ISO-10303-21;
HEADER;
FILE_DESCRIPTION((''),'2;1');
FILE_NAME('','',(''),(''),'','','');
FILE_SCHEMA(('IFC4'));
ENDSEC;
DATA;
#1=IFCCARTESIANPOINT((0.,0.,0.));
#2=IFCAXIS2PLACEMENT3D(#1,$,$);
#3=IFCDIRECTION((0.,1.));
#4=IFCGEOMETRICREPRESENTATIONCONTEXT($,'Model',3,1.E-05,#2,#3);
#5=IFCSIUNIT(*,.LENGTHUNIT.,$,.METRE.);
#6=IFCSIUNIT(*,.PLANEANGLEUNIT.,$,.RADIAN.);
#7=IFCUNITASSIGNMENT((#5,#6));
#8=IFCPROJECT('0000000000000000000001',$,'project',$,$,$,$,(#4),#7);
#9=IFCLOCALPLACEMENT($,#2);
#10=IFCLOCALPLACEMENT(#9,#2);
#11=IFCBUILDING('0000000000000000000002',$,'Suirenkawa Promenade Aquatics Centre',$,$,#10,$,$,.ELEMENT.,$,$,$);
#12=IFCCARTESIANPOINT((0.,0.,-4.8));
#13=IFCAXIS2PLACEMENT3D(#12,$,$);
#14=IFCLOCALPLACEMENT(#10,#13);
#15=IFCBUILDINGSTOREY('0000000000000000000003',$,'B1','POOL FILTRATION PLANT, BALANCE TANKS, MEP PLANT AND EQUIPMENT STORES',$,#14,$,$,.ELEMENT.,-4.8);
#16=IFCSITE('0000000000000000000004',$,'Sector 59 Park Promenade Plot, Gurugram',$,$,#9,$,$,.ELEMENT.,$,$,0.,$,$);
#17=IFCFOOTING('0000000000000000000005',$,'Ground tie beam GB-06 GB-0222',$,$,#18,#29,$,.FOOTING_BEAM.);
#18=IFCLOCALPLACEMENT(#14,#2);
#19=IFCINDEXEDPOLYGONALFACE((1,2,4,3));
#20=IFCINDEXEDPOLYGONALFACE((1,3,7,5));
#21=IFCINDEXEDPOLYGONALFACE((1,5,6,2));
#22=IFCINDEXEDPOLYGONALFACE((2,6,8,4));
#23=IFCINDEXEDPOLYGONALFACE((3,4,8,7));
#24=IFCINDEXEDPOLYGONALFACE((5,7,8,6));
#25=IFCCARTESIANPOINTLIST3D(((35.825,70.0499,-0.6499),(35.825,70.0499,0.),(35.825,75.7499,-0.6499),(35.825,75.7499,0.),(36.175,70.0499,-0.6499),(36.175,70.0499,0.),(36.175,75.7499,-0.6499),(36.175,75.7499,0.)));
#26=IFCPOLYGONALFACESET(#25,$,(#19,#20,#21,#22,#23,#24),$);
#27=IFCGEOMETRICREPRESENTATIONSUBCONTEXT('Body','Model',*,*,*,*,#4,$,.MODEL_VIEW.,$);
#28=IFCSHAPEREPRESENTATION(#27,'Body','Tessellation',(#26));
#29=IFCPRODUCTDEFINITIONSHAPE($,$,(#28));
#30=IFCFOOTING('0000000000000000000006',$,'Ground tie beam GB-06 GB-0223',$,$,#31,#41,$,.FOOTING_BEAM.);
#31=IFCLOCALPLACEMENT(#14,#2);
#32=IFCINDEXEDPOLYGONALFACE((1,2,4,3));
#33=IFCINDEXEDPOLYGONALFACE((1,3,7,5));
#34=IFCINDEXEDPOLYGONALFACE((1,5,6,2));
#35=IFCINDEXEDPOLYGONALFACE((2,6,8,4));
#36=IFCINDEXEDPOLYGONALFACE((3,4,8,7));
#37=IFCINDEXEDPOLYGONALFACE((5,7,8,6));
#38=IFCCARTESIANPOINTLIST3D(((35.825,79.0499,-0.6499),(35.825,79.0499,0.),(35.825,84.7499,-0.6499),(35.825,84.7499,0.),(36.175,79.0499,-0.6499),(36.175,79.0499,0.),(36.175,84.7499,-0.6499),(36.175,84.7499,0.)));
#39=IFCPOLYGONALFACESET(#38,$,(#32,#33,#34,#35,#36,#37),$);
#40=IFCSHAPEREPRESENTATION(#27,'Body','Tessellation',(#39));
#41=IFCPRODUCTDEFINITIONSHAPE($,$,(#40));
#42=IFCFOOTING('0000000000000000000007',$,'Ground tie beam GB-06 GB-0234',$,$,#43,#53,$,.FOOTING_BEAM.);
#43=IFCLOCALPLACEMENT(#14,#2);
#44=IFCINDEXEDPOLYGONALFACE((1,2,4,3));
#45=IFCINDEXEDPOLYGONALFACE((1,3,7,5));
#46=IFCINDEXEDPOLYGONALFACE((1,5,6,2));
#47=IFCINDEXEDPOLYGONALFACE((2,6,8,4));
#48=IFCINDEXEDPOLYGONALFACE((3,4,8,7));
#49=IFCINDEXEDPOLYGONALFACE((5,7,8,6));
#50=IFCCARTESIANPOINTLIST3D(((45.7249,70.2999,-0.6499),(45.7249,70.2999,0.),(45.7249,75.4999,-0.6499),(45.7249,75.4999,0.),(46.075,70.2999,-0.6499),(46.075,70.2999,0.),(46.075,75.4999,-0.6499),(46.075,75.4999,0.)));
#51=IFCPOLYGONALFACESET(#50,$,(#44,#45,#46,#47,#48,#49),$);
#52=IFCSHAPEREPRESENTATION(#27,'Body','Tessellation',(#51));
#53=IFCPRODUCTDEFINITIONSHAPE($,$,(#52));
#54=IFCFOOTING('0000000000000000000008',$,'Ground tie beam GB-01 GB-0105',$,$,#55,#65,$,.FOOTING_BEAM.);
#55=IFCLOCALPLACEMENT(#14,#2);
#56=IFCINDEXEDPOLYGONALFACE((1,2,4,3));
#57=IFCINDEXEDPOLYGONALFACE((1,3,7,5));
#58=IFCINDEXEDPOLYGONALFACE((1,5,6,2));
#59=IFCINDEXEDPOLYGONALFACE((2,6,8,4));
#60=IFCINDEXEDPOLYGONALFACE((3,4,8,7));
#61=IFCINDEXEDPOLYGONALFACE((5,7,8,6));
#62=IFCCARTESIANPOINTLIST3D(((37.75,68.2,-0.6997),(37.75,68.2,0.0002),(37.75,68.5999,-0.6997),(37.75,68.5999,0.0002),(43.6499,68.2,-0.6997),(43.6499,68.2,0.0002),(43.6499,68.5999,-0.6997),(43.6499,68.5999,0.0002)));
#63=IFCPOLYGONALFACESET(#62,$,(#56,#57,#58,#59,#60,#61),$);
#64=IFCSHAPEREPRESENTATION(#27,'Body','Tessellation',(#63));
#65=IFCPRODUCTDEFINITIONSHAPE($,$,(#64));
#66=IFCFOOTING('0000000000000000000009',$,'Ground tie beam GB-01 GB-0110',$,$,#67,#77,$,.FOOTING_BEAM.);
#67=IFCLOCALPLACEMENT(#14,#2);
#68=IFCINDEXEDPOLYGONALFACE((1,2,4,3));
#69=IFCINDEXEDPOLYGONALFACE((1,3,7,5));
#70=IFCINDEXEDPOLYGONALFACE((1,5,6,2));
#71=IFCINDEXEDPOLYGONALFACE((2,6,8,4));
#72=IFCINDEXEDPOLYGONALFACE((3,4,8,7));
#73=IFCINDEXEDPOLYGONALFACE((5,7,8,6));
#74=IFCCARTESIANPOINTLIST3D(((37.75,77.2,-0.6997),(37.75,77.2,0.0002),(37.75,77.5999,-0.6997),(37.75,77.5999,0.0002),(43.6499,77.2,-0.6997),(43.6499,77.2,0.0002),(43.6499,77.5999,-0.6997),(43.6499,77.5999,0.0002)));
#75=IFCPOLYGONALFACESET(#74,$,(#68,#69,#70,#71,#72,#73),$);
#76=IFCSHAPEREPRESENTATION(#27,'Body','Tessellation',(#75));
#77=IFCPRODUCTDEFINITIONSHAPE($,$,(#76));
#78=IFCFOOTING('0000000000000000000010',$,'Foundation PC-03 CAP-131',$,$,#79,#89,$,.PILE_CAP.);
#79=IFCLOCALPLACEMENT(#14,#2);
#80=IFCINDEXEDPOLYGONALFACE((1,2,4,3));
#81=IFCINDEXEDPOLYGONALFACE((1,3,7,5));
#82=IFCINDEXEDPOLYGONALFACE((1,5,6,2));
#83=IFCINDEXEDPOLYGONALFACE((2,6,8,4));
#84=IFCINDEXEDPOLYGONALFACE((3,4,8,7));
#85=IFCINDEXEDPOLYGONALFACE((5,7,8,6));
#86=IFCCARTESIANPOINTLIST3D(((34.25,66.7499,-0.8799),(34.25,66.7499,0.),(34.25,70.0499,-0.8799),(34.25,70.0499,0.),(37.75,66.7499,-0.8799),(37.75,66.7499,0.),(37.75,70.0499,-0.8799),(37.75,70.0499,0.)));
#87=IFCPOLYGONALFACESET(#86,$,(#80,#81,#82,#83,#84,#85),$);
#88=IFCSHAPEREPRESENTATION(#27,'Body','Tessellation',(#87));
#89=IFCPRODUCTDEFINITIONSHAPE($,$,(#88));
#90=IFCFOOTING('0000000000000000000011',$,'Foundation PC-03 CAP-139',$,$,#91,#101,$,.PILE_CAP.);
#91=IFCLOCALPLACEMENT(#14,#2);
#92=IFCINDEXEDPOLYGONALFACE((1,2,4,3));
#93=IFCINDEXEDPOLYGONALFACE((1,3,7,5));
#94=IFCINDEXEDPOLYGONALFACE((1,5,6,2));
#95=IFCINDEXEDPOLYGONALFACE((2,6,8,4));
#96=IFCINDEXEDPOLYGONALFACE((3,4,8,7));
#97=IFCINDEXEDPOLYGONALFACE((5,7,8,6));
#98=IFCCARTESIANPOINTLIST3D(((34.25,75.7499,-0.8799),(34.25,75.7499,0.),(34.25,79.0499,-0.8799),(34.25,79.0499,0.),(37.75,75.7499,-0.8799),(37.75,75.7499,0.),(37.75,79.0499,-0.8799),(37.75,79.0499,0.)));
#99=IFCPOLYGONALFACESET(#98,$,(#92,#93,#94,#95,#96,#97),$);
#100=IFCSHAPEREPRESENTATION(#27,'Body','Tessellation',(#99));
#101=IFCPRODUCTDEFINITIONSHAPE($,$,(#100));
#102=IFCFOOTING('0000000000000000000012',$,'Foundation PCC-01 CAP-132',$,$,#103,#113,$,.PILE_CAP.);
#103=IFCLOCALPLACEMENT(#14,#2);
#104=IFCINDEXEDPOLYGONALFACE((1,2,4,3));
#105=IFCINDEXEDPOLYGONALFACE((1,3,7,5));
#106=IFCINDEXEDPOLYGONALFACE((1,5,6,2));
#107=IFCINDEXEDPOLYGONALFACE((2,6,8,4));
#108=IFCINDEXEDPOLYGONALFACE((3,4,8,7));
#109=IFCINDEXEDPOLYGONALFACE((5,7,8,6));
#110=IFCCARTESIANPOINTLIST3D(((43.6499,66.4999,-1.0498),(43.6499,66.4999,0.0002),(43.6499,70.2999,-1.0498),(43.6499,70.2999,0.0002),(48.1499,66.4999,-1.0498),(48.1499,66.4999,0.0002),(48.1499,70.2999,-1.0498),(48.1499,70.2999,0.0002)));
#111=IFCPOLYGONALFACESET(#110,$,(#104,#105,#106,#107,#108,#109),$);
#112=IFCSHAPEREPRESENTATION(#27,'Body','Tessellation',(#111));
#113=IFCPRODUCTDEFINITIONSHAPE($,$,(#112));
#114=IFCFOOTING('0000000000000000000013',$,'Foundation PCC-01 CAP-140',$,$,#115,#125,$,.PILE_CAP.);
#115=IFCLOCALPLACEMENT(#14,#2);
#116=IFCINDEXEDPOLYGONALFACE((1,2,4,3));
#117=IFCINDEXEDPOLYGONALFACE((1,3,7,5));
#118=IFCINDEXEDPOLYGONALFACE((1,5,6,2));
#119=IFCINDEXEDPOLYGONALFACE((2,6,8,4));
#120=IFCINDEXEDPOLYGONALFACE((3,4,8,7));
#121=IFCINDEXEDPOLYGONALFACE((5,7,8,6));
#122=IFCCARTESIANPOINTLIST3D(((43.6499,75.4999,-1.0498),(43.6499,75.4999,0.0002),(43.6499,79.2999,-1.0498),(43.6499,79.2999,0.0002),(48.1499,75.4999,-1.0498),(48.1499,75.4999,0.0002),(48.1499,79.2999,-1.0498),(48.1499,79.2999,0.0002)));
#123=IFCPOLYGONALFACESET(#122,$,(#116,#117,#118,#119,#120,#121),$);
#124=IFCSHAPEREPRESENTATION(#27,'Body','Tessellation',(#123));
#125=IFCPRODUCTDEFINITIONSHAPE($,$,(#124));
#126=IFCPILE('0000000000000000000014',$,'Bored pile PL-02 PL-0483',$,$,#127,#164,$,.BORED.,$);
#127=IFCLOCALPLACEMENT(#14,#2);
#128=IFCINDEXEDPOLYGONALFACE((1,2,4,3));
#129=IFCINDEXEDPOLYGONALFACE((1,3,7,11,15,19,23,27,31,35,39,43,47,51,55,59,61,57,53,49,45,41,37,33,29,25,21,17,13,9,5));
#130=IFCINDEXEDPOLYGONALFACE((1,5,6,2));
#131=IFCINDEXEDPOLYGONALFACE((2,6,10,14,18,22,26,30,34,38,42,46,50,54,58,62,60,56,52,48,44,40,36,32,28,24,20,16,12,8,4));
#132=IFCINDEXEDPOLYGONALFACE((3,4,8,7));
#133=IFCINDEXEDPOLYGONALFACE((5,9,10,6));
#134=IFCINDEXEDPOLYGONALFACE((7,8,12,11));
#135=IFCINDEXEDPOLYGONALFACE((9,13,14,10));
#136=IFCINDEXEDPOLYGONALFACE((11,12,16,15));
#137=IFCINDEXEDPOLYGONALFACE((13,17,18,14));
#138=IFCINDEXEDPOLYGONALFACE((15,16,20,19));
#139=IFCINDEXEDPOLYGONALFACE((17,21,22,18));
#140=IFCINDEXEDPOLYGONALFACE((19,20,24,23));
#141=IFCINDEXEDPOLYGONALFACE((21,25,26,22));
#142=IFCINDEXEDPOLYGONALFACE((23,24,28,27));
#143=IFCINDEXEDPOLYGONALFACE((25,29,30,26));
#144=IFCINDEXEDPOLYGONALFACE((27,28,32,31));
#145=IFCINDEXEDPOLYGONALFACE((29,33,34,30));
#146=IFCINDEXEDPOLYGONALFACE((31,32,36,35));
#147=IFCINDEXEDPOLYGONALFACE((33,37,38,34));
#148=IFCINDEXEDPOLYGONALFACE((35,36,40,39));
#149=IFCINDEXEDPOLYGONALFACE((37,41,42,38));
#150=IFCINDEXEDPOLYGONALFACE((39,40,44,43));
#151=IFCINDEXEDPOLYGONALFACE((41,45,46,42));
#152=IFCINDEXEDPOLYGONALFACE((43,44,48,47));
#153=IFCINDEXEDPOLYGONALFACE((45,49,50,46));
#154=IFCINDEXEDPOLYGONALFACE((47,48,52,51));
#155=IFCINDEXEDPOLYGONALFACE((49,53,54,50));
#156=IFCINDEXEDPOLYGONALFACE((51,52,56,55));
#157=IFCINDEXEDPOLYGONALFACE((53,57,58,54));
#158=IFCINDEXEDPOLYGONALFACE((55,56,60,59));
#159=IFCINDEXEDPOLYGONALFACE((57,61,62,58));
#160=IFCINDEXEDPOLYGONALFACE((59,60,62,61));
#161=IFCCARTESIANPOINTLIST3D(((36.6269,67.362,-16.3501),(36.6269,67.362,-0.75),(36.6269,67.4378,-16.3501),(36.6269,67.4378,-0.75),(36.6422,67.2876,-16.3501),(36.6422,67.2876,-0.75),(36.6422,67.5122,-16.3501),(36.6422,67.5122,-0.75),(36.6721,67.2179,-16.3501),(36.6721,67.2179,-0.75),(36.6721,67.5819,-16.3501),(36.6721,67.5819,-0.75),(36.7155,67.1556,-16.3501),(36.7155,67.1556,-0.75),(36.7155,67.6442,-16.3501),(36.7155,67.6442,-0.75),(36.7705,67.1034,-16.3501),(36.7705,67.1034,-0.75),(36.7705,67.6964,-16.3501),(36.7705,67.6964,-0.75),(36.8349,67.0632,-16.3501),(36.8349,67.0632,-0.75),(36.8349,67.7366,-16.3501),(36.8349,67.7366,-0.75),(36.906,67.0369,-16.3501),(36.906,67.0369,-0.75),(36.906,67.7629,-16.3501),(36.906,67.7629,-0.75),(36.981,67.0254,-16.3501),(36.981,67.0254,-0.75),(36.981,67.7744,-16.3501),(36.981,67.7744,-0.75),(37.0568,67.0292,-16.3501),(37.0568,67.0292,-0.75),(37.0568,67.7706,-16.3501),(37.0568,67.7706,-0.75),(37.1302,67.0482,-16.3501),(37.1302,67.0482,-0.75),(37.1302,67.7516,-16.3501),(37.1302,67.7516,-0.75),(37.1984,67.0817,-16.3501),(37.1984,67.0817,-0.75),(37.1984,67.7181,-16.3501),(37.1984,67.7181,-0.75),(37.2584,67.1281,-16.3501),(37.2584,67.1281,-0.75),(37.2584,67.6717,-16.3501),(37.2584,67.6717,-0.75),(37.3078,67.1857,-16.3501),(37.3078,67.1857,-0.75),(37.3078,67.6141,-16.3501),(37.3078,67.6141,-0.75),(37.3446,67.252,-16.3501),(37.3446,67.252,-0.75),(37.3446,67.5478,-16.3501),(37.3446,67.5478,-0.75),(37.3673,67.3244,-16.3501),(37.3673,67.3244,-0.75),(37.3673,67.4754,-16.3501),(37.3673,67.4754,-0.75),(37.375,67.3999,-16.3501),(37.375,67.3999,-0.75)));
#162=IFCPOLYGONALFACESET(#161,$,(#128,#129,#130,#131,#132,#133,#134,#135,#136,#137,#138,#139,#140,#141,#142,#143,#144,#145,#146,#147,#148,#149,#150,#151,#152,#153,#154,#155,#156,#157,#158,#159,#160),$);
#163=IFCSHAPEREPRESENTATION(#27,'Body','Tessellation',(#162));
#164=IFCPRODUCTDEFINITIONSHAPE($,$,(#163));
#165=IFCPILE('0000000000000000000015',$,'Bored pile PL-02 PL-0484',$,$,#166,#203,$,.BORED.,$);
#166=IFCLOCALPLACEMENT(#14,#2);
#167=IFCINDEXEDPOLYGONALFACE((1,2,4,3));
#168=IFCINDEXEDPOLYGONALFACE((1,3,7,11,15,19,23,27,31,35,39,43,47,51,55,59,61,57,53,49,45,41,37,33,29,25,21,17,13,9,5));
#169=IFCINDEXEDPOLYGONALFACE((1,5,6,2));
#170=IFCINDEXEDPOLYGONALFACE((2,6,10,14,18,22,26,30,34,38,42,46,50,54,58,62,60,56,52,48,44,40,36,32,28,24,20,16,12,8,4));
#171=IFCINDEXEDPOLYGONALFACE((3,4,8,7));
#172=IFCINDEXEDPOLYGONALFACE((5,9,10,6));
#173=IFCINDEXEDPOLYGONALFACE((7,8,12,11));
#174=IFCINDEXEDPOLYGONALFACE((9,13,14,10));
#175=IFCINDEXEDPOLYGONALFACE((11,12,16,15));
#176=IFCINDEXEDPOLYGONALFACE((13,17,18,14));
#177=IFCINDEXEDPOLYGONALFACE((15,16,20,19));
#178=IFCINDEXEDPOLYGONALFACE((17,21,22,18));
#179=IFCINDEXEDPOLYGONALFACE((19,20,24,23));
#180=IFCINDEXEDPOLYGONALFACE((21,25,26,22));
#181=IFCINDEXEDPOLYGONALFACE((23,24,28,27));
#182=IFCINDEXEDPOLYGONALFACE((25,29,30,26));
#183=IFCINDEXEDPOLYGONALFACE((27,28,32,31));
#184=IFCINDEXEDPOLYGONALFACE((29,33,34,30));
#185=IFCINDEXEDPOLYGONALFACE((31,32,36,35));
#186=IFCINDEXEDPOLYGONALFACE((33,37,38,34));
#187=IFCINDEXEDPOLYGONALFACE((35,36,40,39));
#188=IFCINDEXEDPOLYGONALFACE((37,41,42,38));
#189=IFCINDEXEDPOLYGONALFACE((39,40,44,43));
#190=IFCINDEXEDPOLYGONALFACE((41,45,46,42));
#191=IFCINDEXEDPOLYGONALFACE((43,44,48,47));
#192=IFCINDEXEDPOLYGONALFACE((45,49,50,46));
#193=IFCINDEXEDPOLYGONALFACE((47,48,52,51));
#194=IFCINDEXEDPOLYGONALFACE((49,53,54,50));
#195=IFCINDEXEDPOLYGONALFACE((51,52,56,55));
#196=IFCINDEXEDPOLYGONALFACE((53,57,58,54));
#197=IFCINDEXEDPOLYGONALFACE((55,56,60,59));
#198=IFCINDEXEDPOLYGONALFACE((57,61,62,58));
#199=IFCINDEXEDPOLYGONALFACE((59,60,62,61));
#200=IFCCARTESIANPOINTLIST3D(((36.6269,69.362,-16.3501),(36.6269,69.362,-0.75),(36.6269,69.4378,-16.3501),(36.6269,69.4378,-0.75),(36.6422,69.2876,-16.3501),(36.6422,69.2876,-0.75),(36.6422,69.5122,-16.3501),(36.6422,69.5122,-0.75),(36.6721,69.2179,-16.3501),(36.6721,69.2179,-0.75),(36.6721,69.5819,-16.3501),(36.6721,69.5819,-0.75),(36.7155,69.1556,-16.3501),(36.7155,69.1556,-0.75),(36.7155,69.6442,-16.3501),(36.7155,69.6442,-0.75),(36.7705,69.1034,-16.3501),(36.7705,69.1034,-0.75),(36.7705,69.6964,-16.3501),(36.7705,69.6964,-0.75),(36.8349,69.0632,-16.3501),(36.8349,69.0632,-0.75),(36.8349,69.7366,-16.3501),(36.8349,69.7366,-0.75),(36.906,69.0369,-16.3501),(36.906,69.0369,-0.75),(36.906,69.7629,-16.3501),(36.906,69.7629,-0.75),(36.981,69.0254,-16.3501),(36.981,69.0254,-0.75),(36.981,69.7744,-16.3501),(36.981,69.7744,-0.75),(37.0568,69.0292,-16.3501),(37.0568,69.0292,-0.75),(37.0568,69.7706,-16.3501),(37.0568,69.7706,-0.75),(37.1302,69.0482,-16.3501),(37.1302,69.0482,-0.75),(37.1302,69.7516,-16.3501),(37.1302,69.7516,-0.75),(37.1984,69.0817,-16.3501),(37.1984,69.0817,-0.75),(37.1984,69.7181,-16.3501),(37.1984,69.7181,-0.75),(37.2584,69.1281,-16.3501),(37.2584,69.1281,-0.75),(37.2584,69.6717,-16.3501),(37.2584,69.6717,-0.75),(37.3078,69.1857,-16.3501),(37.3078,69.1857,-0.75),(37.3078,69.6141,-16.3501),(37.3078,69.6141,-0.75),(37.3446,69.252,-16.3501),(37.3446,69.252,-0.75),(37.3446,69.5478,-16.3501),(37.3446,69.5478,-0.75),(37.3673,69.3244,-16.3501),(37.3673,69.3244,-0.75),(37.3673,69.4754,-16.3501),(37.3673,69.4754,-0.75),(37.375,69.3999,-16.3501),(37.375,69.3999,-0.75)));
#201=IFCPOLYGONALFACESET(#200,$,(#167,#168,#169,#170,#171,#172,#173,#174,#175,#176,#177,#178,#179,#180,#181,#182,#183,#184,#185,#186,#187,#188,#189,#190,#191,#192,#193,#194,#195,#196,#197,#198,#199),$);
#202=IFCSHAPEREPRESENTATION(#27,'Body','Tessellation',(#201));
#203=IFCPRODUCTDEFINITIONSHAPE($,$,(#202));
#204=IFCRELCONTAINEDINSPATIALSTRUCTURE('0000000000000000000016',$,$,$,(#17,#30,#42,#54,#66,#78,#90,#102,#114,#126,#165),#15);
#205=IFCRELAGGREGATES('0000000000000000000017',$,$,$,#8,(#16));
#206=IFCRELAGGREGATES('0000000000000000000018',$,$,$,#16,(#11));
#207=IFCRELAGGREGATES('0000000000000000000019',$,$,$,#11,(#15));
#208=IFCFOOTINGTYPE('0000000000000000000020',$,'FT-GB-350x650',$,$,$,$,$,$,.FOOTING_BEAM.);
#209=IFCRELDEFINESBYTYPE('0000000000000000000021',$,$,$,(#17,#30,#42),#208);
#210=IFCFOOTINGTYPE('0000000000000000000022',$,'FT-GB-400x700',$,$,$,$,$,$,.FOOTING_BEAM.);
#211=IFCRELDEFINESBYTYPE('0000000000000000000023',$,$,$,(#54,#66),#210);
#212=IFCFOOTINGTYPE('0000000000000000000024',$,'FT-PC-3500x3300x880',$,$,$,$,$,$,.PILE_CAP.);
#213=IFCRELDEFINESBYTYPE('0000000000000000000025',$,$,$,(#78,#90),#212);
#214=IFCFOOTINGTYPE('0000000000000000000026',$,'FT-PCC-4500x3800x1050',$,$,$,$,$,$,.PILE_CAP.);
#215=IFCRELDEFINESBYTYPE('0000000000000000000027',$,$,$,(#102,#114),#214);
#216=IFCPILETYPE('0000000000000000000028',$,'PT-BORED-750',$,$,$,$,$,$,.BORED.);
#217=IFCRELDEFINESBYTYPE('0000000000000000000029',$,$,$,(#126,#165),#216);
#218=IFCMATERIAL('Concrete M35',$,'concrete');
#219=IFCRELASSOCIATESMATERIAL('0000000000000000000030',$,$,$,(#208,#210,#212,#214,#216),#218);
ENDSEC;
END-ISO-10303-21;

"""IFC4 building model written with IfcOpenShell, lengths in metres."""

from ifc_helpers import new_model, si_unit, direction, frame, origin, origin_2d, place, context, subcontext, project, spatial, rectangle, circle, extrude, material, material_profile, profile_set, type_object, element, save


model = new_model("IFC4")

# Units and contexts
model_context = context("Model", 3, precision=1e-05, world=origin(), true_north=direction((0.0, 1.0)))
body_context = subcontext(model_context, "Body", "Model", "MODEL_VIEW")
ifc_project = project(units=[si_unit("LENGTHUNIT", "METRE"), si_unit("PLANEANGLEUNIT", "RADIAN")], contexts=[model_context])

# Site, building, storey
site_placement = place(None, origin())
site = spatial("IfcSite", under=ifc_project, at=site_placement, Name="Sector 59 Park Promenade Plot, Gurugram", CompositionType="ELEMENT", RefElevation=0.0)
building_placement = place(site_placement, origin())
building = spatial("IfcBuilding", under=site, at=building_placement, Name="Suirenkawa Promenade Aquatics Centre", CompositionType="ELEMENT")
storey_placement = place(building_placement, frame((0.0, 0.0, -4.8)))
storey = spatial("IfcBuildingStorey", under=building, at=storey_placement, Name="B1", Description="POOL FILTRATION PLANT, BALANCE TANKS, MEP PLANT AND EQUIPMENT STORES", CompositionType="ELEMENT", Elevation=-4.8)

# Footings
ifc_material_1 = material(Name="Concrete M35", Category="concrete")
footing_type_1 = type_object("IfcFootingType", Name="FT-GB-350x650", PredefinedType="FOOTING_BEAM", material=ifc_material_1)
for number, where, z_axis, x_axis, name in (
    (1, (36.0, 72.8999, -0.6499), (0.0, 0.0, 1.0), (0.0, 1.0, 0.0), "Ground tie beam GB-06 GB-0222"),
    (2, (36.0, 81.8999, -0.6499), (0.0, 0.0, 1.0), (0.0, 1.0, 0.0), "Ground tie beam GB-06 GB-0223"),
):
    element("IfcFooting", number, at=place(storey_placement, frame(where, z_axis=z_axis, x_axis=x_axis)), inside=storey, type_object=footing_type_1, Name=name, PredefinedType="FOOTING_BEAM", context=body_context, shape_type="SweptSolid", body=[
        extrude(rectangle(XDim=5.7, YDim=0.3501, at=origin_2d()), origin(), (0.0, 0.0, 1.0), 0.6499),
    ])
footing_placement = place(storey_placement, frame((45.8999, 72.8999, -0.6499), z_axis=(0.0, 0.0, 1.0), x_axis=(0.0, 1.0, 0.0)))
element("IfcFooting", 3, at=footing_placement, inside=storey, type_object=footing_type_1, Name="Ground tie beam GB-06 GB-0234", PredefinedType="FOOTING_BEAM", context=body_context, shape_type="SweptSolid", body=[
    extrude(rectangle(XDim=5.2, YDim=0.3501, at=origin_2d()), origin(), (0.0, 0.0, 1.0), 0.6499),
])
footing_type_2 = type_object("IfcFootingType", Name="FT-GB-400x700", PredefinedType="FOOTING_BEAM", material=ifc_material_1)
for number, where, z_axis, x_axis, name in (
    (4, (40.7, 68.3999, -0.6997), (0.0, 0.0, 1.0), (1.0, 0.0, 0.0), "Ground tie beam GB-01 GB-0105"),
    (5, (40.7, 77.3999, -0.6997), (0.0, 0.0, 1.0), (1.0, 0.0, 0.0), "Ground tie beam GB-01 GB-0110"),
):
    element("IfcFooting", number, at=place(storey_placement, frame(where, z_axis=z_axis, x_axis=x_axis)), inside=storey, type_object=footing_type_2, Name=name, PredefinedType="FOOTING_BEAM", context=body_context, shape_type="SweptSolid", body=[
        extrude(rectangle(XDim=5.8999, YDim=0.3999, at=origin_2d()), origin(), (0.0, 0.0, 1.0), 0.7),
    ])
footing_type_3 = type_object("IfcFootingType", Name="FT-PC-3500x3300x880", PredefinedType="PILE_CAP", material=ifc_material_1)
for number, where, z_axis, x_axis, name in (
    (6, (36.0, 68.3999, -0.8799), (0.0, 0.0, 1.0), (1.0, 0.0, 0.0), "Foundation PC-03 CAP-131"),
    (7, (36.0, 77.3999, -0.8799), (0.0, 0.0, 1.0), (1.0, 0.0, 0.0), "Foundation PC-03 CAP-139"),
):
    element("IfcFooting", number, at=place(storey_placement, frame(where, z_axis=z_axis, x_axis=x_axis)), inside=storey, type_object=footing_type_3, Name=name, PredefinedType="PILE_CAP", context=body_context, shape_type="SweptSolid", body=[
        extrude(rectangle(XDim=3.5, YDim=3.3, at=origin_2d()), origin(), (0.0, 0.0, 1.0), 0.8799),
    ])
footing_type_4 = type_object("IfcFootingType", Name="FT-PCC-4500x3800x1050", PredefinedType="PILE_CAP", material=ifc_material_1)
for number, where, z_axis, x_axis, name in (
    (8, (45.8999, 68.3999, -1.0498), (0.0, 0.0, 1.0), (1.0, 0.0, 0.0), "Foundation PCC-01 CAP-132"),
    (9, (45.8999, 77.3999, -1.0498), (0.0, 0.0, 1.0), (1.0, 0.0, 0.0), "Foundation PCC-01 CAP-140"),
):
    element("IfcFooting", number, at=place(storey_placement, frame(where, z_axis=z_axis, x_axis=x_axis)), inside=storey, type_object=footing_type_4, Name=name, PredefinedType="PILE_CAP", context=body_context, shape_type="SweptSolid", body=[
        extrude(rectangle(XDim=4.5, YDim=3.8, at=origin_2d()), origin(), (0.0, 0.0, 1.0), 1.05),
    ])

# Piles
ifc_material_profile_1 = material_profile(ifc_material_1, circle(Radius=0.375, at=origin_2d()), Name="PILE D750", Category="concrete")
ifc_profile_set_1 = profile_set([ifc_material_profile_1], Name="Concrete M35")
pile_type_1 = type_object("IfcPileType", Name="PT-BORED-750", PredefinedType="BORED", material=ifc_profile_set_1)
for number, where, z_axis, x_axis, name in (
    (10, (37.0, 67.3999, -0.75), (0.0, 0.0, -1.0), (1.0, 0.0, 0.0), "Bored pile PL-02 PL-0483"),
    (11, (37.0, 69.3999, -0.75), (0.0, 0.0, -1.0), (1.0, 0.0, 0.0), "Bored pile PL-02 PL-0484"),
):
    element("IfcPile", number, at=place(storey_placement, frame(where, z_axis=z_axis, x_axis=x_axis)), inside=storey, type_object=pile_type_1, Name=name, PredefinedType="BORED", context=body_context, shape_type="SweptSolid", body=[
        extrude(circle(Radius=0.375, at=origin_2d()), origin(), (0.0, 0.0, 1.0), 15.6001),
    ])

save(model, "model.ifc")
